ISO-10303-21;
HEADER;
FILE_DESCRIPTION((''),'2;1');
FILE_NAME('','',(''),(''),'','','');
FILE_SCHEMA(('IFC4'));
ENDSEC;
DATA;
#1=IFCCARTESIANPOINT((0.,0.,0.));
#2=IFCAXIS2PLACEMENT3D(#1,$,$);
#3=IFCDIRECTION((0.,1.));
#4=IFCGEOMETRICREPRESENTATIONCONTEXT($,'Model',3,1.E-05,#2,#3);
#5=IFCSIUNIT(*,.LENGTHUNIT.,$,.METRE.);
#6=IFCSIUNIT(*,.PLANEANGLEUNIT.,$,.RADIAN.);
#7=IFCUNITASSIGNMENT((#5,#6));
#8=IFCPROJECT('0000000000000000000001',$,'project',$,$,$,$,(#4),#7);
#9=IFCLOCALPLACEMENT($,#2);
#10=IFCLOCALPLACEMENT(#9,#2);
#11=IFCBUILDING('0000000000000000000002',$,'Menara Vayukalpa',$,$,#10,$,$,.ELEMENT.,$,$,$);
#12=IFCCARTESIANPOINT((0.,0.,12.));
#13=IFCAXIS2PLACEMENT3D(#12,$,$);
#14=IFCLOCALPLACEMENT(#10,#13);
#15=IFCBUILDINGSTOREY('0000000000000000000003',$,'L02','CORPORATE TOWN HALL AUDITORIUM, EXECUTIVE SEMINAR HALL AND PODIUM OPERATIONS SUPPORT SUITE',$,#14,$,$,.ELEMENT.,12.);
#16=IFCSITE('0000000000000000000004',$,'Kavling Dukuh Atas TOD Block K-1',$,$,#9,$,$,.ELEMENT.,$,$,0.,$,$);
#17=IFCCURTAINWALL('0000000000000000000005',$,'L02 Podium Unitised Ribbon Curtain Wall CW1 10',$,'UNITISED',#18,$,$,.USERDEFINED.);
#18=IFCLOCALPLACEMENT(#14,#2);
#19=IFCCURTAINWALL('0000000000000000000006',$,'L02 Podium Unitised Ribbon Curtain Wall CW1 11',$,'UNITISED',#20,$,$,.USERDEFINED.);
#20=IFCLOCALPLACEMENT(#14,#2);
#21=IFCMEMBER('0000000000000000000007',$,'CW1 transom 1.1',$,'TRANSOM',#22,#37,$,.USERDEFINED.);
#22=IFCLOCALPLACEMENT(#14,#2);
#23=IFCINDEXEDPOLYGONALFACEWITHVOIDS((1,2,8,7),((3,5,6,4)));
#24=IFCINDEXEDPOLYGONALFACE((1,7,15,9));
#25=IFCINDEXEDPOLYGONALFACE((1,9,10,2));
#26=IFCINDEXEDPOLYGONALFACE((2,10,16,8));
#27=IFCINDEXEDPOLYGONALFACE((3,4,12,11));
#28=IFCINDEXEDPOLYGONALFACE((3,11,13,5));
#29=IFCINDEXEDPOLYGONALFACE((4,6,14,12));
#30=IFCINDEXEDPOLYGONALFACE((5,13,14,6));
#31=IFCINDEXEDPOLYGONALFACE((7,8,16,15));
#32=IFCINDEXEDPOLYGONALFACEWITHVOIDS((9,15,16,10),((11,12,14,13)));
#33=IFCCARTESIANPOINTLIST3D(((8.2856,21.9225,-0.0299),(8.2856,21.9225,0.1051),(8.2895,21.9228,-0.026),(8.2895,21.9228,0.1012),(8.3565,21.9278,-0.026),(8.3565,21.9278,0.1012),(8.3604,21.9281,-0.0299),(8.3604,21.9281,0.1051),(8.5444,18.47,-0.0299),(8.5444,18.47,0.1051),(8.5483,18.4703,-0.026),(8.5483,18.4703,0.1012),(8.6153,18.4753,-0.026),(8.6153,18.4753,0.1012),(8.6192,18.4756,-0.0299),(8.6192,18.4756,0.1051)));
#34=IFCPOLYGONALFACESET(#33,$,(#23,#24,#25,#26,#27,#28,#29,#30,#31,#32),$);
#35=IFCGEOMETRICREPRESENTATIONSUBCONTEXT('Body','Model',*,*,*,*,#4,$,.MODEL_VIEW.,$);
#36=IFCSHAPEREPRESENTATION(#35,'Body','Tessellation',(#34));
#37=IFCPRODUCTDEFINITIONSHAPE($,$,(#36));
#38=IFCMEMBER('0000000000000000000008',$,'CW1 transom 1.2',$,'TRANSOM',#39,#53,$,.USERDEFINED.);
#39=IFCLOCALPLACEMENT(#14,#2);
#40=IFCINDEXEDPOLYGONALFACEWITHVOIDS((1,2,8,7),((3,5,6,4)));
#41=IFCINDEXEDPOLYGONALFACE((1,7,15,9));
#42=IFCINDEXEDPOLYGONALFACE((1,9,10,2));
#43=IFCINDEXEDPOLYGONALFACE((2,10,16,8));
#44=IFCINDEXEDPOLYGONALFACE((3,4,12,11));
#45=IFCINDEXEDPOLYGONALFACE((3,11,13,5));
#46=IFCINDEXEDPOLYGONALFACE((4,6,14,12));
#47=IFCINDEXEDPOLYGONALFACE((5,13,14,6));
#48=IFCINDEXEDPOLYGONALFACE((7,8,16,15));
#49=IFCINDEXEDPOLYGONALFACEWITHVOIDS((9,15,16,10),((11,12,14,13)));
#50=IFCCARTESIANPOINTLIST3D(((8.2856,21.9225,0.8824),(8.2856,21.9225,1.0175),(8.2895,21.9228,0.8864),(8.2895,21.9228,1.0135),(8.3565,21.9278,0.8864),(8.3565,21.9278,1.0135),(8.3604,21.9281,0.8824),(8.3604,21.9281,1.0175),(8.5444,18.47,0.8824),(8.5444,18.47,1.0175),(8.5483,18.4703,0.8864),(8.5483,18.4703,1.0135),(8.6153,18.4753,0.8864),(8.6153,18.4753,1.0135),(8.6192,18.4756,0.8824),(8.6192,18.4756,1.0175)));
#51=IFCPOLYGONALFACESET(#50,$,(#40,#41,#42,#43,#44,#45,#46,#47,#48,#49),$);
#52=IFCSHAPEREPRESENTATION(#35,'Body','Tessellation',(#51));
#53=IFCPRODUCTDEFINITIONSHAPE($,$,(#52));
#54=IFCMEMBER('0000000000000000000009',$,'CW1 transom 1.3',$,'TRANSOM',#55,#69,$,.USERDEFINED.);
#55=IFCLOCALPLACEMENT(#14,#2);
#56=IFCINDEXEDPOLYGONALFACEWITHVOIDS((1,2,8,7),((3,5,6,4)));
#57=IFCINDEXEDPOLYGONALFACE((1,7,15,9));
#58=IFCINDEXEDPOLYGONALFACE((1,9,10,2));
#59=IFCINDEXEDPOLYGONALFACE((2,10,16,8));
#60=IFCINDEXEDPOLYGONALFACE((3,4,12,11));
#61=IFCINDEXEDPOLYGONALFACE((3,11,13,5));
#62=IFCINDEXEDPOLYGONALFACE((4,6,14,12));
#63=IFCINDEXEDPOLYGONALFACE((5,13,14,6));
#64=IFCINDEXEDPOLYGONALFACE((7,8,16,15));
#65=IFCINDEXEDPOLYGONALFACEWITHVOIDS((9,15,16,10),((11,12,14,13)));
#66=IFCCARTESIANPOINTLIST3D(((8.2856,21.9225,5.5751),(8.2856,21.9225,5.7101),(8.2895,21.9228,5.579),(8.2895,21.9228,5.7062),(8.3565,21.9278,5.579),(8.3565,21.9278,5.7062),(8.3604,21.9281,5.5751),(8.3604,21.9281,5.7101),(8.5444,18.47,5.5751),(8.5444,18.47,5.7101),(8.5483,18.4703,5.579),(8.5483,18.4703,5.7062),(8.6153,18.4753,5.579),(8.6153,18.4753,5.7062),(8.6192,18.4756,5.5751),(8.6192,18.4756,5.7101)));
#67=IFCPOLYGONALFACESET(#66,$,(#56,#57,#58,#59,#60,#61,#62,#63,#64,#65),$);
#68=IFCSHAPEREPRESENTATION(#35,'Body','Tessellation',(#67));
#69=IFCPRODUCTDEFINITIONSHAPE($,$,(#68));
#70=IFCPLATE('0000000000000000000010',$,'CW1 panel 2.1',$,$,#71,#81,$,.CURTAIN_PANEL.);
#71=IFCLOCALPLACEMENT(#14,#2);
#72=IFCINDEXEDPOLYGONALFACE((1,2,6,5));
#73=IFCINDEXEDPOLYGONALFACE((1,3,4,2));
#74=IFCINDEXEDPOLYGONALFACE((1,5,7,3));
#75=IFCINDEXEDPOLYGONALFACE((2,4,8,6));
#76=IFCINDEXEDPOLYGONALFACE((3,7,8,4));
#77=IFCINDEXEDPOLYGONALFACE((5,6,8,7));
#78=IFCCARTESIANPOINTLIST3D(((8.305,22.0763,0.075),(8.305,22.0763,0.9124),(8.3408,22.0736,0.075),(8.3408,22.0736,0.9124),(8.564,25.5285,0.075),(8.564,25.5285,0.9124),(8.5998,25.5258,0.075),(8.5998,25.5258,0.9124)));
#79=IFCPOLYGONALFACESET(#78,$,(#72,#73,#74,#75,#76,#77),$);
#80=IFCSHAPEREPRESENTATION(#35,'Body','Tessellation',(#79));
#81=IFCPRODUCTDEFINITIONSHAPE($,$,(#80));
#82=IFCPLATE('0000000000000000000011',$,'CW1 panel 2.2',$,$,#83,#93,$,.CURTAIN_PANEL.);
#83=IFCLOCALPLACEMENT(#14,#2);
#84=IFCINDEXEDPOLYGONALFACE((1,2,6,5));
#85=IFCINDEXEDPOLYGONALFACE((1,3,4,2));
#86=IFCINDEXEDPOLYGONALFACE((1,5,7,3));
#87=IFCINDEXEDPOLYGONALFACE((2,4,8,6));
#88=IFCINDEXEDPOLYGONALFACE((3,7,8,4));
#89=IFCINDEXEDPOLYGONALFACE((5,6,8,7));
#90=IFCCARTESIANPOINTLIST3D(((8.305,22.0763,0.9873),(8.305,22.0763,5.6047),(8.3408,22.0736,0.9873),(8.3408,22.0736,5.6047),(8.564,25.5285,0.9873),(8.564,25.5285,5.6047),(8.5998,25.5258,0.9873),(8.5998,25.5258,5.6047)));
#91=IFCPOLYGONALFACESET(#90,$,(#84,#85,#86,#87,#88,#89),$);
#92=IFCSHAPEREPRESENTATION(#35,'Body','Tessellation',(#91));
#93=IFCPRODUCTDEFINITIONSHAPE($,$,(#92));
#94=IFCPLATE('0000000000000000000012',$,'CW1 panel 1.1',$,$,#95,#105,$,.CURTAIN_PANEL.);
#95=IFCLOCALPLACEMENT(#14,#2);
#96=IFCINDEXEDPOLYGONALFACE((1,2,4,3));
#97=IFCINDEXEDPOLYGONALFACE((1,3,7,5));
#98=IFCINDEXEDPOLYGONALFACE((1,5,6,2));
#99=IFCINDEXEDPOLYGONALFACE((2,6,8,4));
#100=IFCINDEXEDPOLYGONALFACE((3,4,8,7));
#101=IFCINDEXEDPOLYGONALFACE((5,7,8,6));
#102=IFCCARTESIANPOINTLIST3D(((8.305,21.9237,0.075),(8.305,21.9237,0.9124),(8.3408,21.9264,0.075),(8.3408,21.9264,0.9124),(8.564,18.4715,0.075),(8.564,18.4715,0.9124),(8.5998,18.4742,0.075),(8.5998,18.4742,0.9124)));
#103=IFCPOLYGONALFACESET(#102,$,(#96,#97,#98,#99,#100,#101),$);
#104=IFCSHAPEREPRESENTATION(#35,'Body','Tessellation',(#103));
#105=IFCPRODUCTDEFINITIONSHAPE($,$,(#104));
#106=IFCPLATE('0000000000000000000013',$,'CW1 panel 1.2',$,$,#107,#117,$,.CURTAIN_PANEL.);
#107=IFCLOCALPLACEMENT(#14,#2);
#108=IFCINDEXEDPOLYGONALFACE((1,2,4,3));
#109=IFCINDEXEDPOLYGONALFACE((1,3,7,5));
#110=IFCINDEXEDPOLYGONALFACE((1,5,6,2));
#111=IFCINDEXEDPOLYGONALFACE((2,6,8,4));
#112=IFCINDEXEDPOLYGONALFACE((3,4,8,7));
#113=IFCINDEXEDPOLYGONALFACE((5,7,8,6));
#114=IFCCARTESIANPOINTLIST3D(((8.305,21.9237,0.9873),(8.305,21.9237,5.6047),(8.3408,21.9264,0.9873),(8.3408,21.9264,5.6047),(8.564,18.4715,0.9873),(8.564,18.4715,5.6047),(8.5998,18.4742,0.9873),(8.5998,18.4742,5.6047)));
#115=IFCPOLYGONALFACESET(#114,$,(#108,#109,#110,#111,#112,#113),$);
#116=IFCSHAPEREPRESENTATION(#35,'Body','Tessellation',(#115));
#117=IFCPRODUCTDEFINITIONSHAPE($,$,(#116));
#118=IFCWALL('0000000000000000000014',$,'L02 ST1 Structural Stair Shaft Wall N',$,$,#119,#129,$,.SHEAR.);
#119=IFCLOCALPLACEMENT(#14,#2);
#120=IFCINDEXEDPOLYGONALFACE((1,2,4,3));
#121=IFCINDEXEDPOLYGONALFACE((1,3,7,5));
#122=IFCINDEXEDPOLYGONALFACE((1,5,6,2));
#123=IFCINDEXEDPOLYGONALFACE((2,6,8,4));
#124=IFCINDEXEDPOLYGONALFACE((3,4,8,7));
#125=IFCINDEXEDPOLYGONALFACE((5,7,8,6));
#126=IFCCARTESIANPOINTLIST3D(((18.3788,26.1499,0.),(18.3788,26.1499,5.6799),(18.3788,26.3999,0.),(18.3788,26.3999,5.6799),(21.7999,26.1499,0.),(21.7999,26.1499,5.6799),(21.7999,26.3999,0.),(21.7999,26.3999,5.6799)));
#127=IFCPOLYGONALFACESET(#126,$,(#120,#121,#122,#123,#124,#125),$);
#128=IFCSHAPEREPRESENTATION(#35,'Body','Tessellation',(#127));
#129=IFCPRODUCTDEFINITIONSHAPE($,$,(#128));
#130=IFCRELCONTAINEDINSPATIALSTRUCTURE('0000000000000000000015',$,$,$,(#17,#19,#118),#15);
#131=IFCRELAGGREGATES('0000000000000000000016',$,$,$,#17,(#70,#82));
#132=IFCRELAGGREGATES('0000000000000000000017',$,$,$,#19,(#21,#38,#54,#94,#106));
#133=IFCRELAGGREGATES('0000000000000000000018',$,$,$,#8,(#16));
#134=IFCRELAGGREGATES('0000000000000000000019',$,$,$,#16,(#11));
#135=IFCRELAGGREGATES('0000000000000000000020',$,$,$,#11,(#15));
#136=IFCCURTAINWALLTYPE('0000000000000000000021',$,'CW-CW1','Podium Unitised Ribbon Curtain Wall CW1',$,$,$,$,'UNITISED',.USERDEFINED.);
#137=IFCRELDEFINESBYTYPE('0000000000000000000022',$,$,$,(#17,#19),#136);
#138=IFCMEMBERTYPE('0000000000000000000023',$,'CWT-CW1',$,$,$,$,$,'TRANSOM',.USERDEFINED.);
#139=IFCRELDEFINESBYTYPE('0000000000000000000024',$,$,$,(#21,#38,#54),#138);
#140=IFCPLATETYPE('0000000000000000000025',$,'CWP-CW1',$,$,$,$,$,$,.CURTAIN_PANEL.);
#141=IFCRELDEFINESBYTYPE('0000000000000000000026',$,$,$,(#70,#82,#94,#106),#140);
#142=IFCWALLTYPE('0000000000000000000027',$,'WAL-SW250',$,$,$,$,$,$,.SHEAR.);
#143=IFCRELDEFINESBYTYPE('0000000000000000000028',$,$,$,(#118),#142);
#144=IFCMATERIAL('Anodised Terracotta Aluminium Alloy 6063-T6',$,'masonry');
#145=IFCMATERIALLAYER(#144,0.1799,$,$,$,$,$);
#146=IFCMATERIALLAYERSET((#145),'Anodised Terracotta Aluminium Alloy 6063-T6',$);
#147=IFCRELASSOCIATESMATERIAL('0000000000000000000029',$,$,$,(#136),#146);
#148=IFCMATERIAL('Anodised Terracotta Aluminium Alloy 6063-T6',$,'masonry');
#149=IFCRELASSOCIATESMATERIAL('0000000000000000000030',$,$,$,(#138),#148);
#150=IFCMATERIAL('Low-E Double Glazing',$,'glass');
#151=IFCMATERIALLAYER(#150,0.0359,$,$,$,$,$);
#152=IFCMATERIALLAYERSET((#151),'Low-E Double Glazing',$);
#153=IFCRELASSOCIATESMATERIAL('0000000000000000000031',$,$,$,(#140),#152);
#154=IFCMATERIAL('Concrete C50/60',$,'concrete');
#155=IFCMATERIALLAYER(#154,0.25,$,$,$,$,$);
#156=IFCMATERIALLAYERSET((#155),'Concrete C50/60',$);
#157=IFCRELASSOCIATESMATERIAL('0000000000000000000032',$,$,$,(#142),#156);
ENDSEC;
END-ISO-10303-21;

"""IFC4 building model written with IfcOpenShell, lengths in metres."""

from ifc_helpers import new_model, si_unit, direction, frame, frame_2d, origin, origin_2d, place, context, subcontext, project, spatial, rectangle, hollow_rectangle, extrude, material, layer, layer_set, material_profile, profile_set, type_object, element, aggregate, save


model = new_model("IFC4")

# Units and contexts
model_context = context("Model", 3, precision=1e-05, world=origin(), true_north=direction((0.0, 1.0)))
body_context = subcontext(model_context, "Body", "Model", "MODEL_VIEW")
ifc_project = project(units=[si_unit("LENGTHUNIT", "METRE"), si_unit("PLANEANGLEUNIT", "RADIAN")], contexts=[model_context])

# Site, building, storey
site_placement = place(None, origin())
site = spatial("IfcSite", under=ifc_project, at=site_placement, Name="Kavling Dukuh Atas TOD Block K-1", CompositionType="ELEMENT", RefElevation=0.0)
building_placement = place(site_placement, origin())
building = spatial("IfcBuilding", under=site, at=building_placement, Name="Menara Vayukalpa", CompositionType="ELEMENT")
storey_placement = place(building_placement, frame((0.0, 0.0, 12.0)))
storey = spatial("IfcBuildingStorey", under=building, at=storey_placement, Name="L02", Description="CORPORATE TOWN HALL AUDITORIUM, EXECUTIVE SEMINAR HALL AND PODIUM OPERATIONS SUPPORT SUITE", CompositionType="ELEMENT", Elevation=12.0)

# Curtain wall
ifc_material_1 = material(Name="Anodised Terracotta Aluminium Alloy 6063-T6", Category="masonry")
ifc_layer_1 = layer(ifc_material_1, 0.1799)
ifc_layer_set_1 = layer_set([ifc_layer_1], Name="Anodised Terracotta Aluminium Alloy 6063-T6")
curtain_wall_type = type_object("IfcCurtainWallType", Name="CW-CW1", Description="Podium Unitised Ribbon Curtain Wall CW1", ElementType="UNITISED", PredefinedType="USERDEFINED", material=ifc_layer_set_1)
curtain_wall_1_placement = place(storey_placement, origin())
curtain_wall_1 = element("IfcCurtainWall", 1, at=curtain_wall_1_placement, inside=storey, type_object=curtain_wall_type, Name="L02 Podium Unitised Ribbon Curtain Wall CW1 10", ObjectType="UNITISED", PredefinedType="USERDEFINED")

# Curtain wall
curtain_wall_2_placement = place(storey_placement, origin())
curtain_wall_2 = element("IfcCurtainWall", 2, at=curtain_wall_2_placement, inside=storey, type_object=curtain_wall_type, Name="L02 Podium Unitised Ribbon Curtain Wall CW1 11", ObjectType="UNITISED", PredefinedType="USERDEFINED")

# Members
ifc_material_2 = material(Name="Anodised Terracotta Aluminium Alloy 6063-T6", Category="masonry")
ifc_material_profile_1 = material_profile(ifc_material_2, hollow_rectangle(XDim=0.075, YDim=0.135, WallThickness=0.0039, at=origin_2d()), Name="ALU 75x135x4")
ifc_profile_set_1 = profile_set([ifc_material_profile_1], Name="Anodised Terracotta Aluminium Alloy 6063-T6")
member_type_1 = type_object("IfcMemberType", Name="CWT-CW1", ElementType="TRANSOM", PredefinedType="USERDEFINED", material=ifc_profile_set_1)
member_1_placement = place(storey_placement, frame((8.323, 21.9253, 0.0376), z_axis=(0.07475, -0.997202, 0.0), x_axis=(0.997202, 0.07475, 0.0)))
member_1 = element("IfcMember", 3, at=member_1_placement, type_object=member_type_1, Name="CW1 transom 1.1", ObjectType="TRANSOM", PredefinedType="USERDEFINED", context=body_context, shape_type="SweptSolid", body=[
    extrude(hollow_rectangle(XDim=0.075, YDim=0.135, WallThickness=0.0039, at=origin_2d()), origin(), (0.0, 0.0, 1.0), 3.4622),
])
member_2_placement = place(storey_placement, frame((8.323, 21.9253, 0.95), z_axis=(0.07475, -0.997202, 0.0), x_axis=(0.997202, 0.07475, 0.0)))
member_2 = element("IfcMember", 4, at=member_2_placement, type_object=member_type_1, Name="CW1 transom 1.2", ObjectType="TRANSOM", PredefinedType="USERDEFINED", context=body_context, shape_type="SweptSolid", body=[
    extrude(hollow_rectangle(XDim=0.075, YDim=0.135, WallThickness=0.0039, at=origin_2d()), origin(), (0.0, 0.0, 1.0), 3.4622),
])
member_3_placement = place(storey_placement, frame((8.323, 21.9253, 5.6426), z_axis=(0.07475, -0.997202, 0.0), x_axis=(0.997202, 0.07475, 0.0)))
member_3 = element("IfcMember", 5, at=member_3_placement, type_object=member_type_1, Name="CW1 transom 1.3", ObjectType="TRANSOM", PredefinedType="USERDEFINED", context=body_context, shape_type="SweptSolid", body=[
    extrude(hollow_rectangle(XDim=0.075, YDim=0.135, WallThickness=0.0039, at=origin_2d()), origin(), (0.0, 0.0, 1.0), 3.4622),
])

# Plates
ifc_material_3 = material(Name="Low-E Double Glazing", Category="glass")
ifc_layer_2 = layer(ifc_material_3, 0.0359)
ifc_layer_set_2 = layer_set([ifc_layer_2], Name="Low-E Double Glazing")
plate_type = type_object("IfcPlateType", Name="CWP-CW1", PredefinedType="CURTAIN_PANEL", material=ifc_layer_set_2)
plate_1_placement = place(storey_placement, frame((8.4524, 23.801, 0.075), z_axis=(0.0, 0.0, 1.0), x_axis=(-0.074794, -0.997199, 0.0)))
plate_1 = element("IfcPlate", 6, at=plate_1_placement, type_object=plate_type, Name="CW1 panel 2.1", PredefinedType="CURTAIN_PANEL", context=body_context, shape_type="SweptSolid", body=[
    extrude(rectangle(XDim=3.4619, YDim=0.0359, at=origin_2d()), origin(), (0.0, 0.0, 1.0), 0.8374),
])
plate_2_placement = place(storey_placement, frame((8.4524, 23.801, 0.9873), z_axis=(0.0, 0.0, 1.0), x_axis=(-0.074794, -0.997199, 0.0)))
plate_2 = element("IfcPlate", 7, at=plate_2_placement, type_object=plate_type, Name="CW1 panel 2.2", PredefinedType="CURTAIN_PANEL", context=body_context, shape_type="SweptSolid", body=[
    extrude(rectangle(XDim=3.4619, YDim=0.0359, at=origin_2d()), origin(), (0.0, 0.0, 1.0), 4.6174),
])
aggregate(curtain_wall_1, [plate_1, plate_2])
plate_3_placement = place(storey_placement, frame((8.4524, 20.199, 0.075), z_axis=(0.0, 0.0, 1.0), x_axis=(0.074794, -0.997199, 0.0)))
plate_3 = element("IfcPlate", 8, at=plate_3_placement, type_object=plate_type, Name="CW1 panel 1.1", PredefinedType="CURTAIN_PANEL", context=body_context, shape_type="SweptSolid", body=[
    extrude(rectangle(XDim=3.4619, YDim=0.0359, at=origin_2d()), origin(), (0.0, 0.0, 1.0), 0.8374),
])
plate_4_placement = place(storey_placement, frame((8.4524, 20.199, 0.9873), z_axis=(0.0, 0.0, 1.0), x_axis=(0.074794, -0.997199, 0.0)))
plate_4 = element("IfcPlate", 9, at=plate_4_placement, type_object=plate_type, Name="CW1 panel 1.2", PredefinedType="CURTAIN_PANEL", context=body_context, shape_type="SweptSolid", body=[
    extrude(rectangle(XDim=3.4619, YDim=0.0359, at=origin_2d()), origin(), (0.0, 0.0, 1.0), 4.6174),
])
aggregate(curtain_wall_2, [member_1, member_2, member_3, plate_3, plate_4])

# Wall
ifc_material_4 = material(Name="Concrete C50/60", Category="concrete")
ifc_layer_3 = layer(ifc_material_4, 0.25)
ifc_layer_set_3 = layer_set([ifc_layer_3], Name="Concrete C50/60")
wall_type = type_object("IfcWallType", Name="WAL-SW250", PredefinedType="SHEAR", material=ifc_layer_set_3)
wall_placement = place(storey_placement, frame((18.3789, 26.2749, 0.0), z_axis=(0.0, 0.0, 1.0), x_axis=(1.0, 0.0, 0.0)))
element("IfcWall", 10, at=wall_placement, inside=storey, type_object=wall_type, Name="L02 ST1 Structural Stair Shaft Wall N", PredefinedType="SHEAR", context=body_context, shape_type="SweptSolid", body=[
    extrude(rectangle(XDim=3.4211, YDim=0.25, at=frame_2d((1.7104, 0.0))), origin(), (0.0, 0.0, 1.0), 5.6799),
])

save(model, "model.ifc")
